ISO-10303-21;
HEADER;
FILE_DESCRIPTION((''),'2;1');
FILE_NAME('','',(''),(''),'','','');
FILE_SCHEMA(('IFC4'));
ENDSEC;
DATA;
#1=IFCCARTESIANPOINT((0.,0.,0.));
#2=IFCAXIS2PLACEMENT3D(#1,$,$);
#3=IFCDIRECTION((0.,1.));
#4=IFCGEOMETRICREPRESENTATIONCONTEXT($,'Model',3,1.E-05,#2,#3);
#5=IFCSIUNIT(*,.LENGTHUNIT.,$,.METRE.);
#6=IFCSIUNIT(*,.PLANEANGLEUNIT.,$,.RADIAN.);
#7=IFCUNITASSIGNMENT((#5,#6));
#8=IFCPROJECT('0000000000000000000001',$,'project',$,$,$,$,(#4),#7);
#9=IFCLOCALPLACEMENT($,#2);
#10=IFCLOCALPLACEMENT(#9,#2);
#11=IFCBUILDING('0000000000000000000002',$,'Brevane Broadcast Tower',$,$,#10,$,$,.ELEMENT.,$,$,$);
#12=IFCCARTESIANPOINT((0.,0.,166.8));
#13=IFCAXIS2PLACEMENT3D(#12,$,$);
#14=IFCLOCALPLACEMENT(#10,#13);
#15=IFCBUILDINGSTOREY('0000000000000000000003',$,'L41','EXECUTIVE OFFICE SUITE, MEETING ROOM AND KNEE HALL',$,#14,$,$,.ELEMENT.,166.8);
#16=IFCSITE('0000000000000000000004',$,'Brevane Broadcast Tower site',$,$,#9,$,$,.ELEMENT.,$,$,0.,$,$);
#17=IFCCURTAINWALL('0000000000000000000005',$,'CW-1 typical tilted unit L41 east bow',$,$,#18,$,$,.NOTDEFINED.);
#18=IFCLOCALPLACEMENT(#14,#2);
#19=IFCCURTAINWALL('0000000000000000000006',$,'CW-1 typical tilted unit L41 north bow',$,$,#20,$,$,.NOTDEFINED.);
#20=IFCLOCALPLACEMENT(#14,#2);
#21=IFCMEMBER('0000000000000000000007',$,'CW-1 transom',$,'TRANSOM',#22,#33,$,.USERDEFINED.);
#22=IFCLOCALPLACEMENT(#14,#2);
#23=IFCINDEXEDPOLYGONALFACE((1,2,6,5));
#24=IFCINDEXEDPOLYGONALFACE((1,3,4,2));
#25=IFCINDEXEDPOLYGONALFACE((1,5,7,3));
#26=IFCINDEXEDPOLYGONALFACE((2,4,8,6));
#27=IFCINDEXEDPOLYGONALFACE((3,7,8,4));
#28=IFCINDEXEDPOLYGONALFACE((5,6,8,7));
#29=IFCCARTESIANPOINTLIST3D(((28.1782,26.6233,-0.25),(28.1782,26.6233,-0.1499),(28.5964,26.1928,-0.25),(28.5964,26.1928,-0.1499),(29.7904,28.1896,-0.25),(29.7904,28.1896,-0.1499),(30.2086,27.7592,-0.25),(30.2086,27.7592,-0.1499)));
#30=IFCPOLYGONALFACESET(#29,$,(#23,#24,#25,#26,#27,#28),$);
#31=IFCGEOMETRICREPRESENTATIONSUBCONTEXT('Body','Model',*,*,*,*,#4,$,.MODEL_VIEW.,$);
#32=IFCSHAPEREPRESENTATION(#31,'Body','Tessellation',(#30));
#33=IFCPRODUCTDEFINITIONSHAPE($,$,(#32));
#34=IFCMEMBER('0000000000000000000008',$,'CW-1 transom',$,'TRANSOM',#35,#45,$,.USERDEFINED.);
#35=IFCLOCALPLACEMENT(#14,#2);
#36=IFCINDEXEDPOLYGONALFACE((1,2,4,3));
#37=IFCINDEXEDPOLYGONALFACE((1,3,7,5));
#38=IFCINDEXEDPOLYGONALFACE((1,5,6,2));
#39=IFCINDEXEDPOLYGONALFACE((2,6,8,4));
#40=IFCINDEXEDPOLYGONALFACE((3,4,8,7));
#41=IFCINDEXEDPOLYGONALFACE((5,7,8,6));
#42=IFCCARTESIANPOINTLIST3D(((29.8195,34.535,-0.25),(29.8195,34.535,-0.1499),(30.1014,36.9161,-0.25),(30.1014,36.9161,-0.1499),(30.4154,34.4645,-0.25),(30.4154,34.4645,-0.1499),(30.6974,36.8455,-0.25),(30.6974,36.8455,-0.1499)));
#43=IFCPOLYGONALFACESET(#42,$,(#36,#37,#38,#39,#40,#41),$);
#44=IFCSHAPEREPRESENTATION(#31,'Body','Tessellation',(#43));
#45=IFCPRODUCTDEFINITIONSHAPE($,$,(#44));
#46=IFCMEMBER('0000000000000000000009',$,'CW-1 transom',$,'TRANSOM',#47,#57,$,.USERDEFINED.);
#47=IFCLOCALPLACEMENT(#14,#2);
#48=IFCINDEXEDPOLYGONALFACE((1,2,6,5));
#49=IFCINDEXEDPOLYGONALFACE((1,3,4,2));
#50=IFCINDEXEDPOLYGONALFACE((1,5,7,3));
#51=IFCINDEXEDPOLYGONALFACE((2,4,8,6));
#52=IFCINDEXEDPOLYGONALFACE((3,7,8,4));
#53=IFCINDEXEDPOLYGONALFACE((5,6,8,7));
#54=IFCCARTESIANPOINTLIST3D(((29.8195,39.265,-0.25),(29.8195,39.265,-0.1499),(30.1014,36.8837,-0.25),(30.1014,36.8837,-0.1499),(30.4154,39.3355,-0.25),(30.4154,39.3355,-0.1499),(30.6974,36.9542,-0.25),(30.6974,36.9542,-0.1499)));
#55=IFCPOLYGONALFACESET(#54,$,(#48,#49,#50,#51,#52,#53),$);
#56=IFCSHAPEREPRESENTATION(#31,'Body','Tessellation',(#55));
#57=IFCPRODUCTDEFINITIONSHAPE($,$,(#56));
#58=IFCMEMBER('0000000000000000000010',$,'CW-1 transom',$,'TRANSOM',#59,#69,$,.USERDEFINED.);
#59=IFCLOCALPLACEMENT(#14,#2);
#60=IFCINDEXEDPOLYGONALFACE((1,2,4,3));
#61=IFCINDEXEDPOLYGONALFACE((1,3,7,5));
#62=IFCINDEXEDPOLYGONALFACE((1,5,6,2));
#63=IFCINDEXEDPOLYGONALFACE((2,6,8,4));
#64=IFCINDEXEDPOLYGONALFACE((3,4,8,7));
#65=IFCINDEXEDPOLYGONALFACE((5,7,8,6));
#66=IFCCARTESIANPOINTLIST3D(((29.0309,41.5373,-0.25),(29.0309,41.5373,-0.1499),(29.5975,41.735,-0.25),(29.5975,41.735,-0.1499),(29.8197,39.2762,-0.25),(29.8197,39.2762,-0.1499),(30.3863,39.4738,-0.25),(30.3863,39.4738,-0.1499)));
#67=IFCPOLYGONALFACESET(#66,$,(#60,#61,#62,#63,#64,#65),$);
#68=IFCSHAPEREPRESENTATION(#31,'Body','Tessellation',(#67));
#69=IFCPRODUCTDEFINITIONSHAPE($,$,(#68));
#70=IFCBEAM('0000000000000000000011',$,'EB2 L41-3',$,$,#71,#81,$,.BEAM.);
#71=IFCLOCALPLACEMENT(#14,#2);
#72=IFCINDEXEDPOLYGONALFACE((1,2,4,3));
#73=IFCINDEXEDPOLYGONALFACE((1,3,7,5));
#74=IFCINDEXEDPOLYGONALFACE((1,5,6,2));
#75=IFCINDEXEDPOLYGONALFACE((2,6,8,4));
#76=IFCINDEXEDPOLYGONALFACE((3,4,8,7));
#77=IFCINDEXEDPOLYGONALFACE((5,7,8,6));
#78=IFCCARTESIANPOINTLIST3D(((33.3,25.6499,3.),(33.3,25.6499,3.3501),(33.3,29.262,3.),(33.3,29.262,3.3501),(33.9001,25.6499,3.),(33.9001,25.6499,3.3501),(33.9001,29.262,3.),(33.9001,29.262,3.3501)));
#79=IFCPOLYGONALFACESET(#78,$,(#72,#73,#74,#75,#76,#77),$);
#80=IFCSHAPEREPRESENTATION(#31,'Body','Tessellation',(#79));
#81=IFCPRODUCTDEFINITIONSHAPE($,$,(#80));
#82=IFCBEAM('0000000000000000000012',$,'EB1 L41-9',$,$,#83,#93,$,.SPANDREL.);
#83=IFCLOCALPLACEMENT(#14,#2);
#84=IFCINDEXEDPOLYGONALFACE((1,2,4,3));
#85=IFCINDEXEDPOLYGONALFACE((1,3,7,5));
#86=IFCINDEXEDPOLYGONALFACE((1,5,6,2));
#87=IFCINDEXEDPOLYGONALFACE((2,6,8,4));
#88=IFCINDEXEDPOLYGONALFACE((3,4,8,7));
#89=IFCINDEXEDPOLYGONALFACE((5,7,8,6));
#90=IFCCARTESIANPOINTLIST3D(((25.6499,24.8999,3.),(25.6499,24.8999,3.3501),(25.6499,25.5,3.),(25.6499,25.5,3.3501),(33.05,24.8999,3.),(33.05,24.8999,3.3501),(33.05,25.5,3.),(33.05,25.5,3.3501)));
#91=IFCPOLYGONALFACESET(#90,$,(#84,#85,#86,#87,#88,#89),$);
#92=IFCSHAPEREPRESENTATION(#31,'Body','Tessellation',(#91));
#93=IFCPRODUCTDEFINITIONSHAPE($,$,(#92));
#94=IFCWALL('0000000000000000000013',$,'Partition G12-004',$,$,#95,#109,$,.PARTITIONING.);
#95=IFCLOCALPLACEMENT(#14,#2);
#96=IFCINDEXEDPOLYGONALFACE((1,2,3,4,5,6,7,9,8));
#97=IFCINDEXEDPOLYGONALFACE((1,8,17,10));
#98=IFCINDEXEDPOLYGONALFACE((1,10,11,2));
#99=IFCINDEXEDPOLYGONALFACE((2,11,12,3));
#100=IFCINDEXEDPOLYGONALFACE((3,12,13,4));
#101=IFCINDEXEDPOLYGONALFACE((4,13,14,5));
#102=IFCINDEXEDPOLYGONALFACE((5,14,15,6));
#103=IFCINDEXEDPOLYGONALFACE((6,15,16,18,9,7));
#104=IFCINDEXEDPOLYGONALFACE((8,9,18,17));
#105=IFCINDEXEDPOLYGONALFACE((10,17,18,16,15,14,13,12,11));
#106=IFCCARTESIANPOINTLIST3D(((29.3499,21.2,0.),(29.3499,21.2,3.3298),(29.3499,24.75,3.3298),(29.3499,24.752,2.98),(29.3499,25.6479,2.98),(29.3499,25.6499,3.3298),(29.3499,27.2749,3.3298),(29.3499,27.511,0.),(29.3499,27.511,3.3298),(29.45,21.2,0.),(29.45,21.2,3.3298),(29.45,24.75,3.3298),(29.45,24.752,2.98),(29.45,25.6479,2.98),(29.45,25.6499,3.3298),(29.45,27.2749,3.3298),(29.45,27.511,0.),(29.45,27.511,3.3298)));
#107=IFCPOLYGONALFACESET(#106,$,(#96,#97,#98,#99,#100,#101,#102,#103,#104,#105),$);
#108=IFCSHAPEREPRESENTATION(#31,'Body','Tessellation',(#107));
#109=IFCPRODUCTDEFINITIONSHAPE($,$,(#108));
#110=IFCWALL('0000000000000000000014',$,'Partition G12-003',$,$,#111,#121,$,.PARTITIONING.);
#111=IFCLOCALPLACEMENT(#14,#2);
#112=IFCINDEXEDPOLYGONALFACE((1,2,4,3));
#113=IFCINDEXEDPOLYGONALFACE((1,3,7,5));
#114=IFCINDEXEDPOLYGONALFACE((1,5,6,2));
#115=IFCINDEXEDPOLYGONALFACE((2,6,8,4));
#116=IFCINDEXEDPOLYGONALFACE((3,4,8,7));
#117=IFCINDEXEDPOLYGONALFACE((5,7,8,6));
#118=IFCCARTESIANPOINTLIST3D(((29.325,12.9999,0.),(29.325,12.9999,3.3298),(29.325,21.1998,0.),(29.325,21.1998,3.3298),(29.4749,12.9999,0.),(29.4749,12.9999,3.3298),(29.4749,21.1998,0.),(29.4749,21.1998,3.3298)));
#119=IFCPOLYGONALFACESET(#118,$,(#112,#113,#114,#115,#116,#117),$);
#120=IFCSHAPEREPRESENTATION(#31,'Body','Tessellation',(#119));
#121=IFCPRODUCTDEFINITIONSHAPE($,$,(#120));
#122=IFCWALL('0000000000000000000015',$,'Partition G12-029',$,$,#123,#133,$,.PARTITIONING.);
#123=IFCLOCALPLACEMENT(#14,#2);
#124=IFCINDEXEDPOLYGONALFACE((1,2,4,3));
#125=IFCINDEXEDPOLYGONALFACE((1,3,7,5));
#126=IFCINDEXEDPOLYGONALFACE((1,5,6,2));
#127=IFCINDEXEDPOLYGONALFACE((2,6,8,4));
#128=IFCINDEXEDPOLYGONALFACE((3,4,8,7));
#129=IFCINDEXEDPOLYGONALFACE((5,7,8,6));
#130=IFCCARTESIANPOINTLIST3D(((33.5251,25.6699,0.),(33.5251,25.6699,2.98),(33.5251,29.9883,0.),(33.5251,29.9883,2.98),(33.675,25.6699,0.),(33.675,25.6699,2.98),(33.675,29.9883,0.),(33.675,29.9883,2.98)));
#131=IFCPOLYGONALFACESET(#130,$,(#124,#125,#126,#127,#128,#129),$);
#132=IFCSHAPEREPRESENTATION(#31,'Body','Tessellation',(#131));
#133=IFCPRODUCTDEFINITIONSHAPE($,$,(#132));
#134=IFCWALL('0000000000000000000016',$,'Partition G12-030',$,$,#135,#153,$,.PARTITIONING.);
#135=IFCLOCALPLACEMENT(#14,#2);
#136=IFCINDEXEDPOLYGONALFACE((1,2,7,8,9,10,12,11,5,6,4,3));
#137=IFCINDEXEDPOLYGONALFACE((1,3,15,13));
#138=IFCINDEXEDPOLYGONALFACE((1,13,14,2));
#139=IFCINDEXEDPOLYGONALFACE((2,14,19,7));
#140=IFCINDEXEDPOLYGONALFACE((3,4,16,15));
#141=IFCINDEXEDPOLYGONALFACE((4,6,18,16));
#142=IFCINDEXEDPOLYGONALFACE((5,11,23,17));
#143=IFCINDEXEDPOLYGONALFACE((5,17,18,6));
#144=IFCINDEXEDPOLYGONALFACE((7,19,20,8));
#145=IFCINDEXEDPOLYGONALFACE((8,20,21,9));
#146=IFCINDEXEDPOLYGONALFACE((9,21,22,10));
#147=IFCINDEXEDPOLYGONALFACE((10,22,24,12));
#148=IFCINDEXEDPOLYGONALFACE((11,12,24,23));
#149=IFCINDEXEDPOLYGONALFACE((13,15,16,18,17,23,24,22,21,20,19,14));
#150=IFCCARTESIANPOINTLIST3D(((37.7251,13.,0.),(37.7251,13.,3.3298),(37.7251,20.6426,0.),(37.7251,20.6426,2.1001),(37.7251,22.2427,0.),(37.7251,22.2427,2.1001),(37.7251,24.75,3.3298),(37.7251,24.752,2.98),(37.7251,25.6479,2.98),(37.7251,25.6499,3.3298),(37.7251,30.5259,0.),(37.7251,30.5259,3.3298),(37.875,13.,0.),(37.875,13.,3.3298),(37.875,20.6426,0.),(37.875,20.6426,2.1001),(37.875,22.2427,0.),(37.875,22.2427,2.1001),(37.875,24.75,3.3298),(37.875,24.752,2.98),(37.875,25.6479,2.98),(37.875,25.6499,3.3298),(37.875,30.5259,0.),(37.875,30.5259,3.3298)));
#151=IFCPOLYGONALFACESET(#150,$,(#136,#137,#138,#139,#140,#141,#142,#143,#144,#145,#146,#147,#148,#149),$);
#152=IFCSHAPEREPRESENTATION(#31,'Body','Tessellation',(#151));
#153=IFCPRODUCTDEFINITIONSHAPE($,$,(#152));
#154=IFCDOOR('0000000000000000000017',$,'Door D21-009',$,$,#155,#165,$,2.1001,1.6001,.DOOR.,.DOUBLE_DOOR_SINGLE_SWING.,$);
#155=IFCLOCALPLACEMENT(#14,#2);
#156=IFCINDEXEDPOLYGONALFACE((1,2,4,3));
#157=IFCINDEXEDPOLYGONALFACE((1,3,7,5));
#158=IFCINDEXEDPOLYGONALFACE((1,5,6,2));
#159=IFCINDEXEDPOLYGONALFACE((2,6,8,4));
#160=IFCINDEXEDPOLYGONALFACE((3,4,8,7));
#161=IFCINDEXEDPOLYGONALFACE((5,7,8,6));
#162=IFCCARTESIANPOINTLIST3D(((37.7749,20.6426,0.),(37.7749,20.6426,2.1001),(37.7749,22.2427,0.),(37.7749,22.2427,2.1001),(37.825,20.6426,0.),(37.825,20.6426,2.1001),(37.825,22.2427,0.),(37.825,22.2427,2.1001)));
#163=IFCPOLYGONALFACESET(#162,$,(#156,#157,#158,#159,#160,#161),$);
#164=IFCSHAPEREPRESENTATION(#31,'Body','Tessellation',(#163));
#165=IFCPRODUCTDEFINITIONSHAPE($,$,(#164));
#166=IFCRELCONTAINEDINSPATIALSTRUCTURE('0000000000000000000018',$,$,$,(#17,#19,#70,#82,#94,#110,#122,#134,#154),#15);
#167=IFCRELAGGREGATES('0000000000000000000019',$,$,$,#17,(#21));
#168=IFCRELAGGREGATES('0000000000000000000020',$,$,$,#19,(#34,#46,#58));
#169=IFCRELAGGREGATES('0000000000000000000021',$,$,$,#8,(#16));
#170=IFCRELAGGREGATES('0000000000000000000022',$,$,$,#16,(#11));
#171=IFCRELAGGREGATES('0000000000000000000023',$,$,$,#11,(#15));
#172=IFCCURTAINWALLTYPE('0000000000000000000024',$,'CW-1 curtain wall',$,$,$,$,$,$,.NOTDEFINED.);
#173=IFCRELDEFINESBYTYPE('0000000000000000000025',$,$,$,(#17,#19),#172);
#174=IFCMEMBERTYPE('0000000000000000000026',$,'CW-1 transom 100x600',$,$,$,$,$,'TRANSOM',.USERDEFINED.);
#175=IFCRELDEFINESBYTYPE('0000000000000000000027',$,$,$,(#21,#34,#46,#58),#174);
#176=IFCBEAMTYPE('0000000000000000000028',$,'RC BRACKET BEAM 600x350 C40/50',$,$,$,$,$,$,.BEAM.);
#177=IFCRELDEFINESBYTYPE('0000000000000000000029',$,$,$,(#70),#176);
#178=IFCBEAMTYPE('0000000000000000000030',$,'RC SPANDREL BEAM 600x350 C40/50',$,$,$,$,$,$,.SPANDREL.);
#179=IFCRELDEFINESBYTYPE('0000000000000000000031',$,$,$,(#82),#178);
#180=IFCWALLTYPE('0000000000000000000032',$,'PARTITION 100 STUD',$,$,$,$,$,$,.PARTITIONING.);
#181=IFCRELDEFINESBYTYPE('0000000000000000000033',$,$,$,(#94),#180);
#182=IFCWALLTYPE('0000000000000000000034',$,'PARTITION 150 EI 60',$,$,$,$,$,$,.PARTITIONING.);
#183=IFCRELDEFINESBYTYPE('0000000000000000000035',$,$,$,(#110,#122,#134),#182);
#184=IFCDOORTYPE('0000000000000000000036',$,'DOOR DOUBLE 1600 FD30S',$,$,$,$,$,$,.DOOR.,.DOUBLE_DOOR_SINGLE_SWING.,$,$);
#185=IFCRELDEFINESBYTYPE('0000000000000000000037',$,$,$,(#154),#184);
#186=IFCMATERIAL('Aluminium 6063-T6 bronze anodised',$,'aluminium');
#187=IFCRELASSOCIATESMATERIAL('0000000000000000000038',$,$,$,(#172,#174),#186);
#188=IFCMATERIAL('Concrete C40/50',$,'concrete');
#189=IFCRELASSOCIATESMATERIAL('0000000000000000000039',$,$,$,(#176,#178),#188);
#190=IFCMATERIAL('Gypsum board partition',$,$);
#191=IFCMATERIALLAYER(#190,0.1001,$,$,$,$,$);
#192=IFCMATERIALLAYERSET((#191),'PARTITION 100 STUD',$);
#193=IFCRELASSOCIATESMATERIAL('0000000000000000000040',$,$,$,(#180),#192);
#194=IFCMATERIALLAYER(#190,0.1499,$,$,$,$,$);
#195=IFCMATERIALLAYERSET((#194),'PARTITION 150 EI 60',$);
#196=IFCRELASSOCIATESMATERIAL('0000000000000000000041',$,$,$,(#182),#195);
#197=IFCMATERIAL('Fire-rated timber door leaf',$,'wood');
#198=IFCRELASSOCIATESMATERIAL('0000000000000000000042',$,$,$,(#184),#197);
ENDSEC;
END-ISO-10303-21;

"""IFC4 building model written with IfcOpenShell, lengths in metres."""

from ifc_helpers import new_model, si_unit, direction, frame, frame_2d, origin, origin_2d, place, context, subcontext, project, spatial, polyline, rectangle, outline, extrude, material, layer, layer_set, material_profile, profile_set, type_object, element, fill, aggregate, save


model = new_model("IFC4")

# Units and contexts
model_context = context("Model", 3, precision=1e-05, world=origin(), true_north=direction((0.0, 1.0)))
body_context = subcontext(model_context, "Body", "Model", "MODEL_VIEW")
ifc_project = project(units=[si_unit("LENGTHUNIT", "METRE"), si_unit("PLANEANGLEUNIT", "RADIAN")], contexts=[model_context])

# Site, building, storey
site_placement = place(None, origin())
site = spatial("IfcSite", under=ifc_project, at=site_placement, Name="Brevane Broadcast Tower site", CompositionType="ELEMENT", RefElevation=0.0)
building_placement = place(site_placement, origin())
building = spatial("IfcBuilding", under=site, at=building_placement, Name="Brevane Broadcast Tower", CompositionType="ELEMENT")
storey_placement = place(building_placement, frame((0.0, 0.0, 166.8)))
storey = spatial("IfcBuildingStorey", under=building, at=storey_placement, Name="L41", Description="EXECUTIVE OFFICE SUITE, MEETING ROOM AND KNEE HALL", CompositionType="ELEMENT", Elevation=166.8)

# Curtain walls
ifc_material_1 = material(Name="Aluminium 6063-T6 bronze anodised", Category="aluminium")
curtain_wall_type = type_object("IfcCurtainWallType", Name="CW-1 curtain wall", PredefinedType="NOTDEFINED", material=ifc_material_1)
curtain_wall_1_placement = place(storey_placement, origin())
curtain_wall_1 = element("IfcCurtainWall", 1, at=curtain_wall_1_placement, inside=storey, type_object=curtain_wall_type, Name="CW-1 typical tilted unit L41 east bow", PredefinedType="NOTDEFINED")
curtain_wall_2_placement = place(storey_placement, origin())
curtain_wall_2 = element("IfcCurtainWall", 2, at=curtain_wall_2_placement, inside=storey, type_object=curtain_wall_type, Name="CW-1 typical tilted unit L41 north bow", PredefinedType="NOTDEFINED")

# Members
ifc_material_profile_1 = material_profile(ifc_material_1, rectangle(XDim=0.6001, YDim=0.1001, at=origin_2d()), Name="RECT 100x600")
ifc_profile_set_1 = profile_set([ifc_material_profile_1], Name="Aluminium 6063-T6 bronze anodised")
member_type_1 = type_object("IfcMemberType", Name="CW-1 transom 100x600", ElementType="TRANSOM", PredefinedType="USERDEFINED", material=ifc_profile_set_1)
member_1_placement = place(storey_placement, frame((29.9995, 27.9744, -0.2), z_axis=(-0.717242, -0.696824, 0.0), x_axis=(0.696824, -0.717242, 0.0)))
member_1 = element("IfcMember", 3, at=member_1_placement, type_object=member_type_1, Name="CW-1 transom", ObjectType="TRANSOM", PredefinedType="USERDEFINED", context=body_context, shape_type="SweptSolid", body=[
    extrude(rectangle(XDim=0.6001, YDim=0.1001, at=origin_2d()), origin(), (0.0, 0.0, 1.0), 2.2478),
])
aggregate(curtain_wall_1, [member_1])
member_2_placement = place(storey_placement, frame((30.1174, 34.4998, -0.2), z_axis=(0.117603, 0.993061, 0.0), x_axis=(-0.993061, 0.117603, 0.0)))
member_2 = element("IfcMember", 4, at=member_2_placement, type_object=member_type_1, Name="CW-1 transom", ObjectType="TRANSOM", PredefinedType="USERDEFINED", context=body_context, shape_type="SweptSolid", body=[
    extrude(rectangle(XDim=0.6001, YDim=0.1001, at=origin_2d()), origin(), (0.0, 0.0, 1.0), 2.3977),
])
member_3_placement = place(storey_placement, frame((30.3994, 36.9189, -0.2), z_axis=(-0.117591, 0.993062, 0.0), x_axis=(-0.993062, -0.117591, 0.0)))
member_3 = element("IfcMember", 5, at=member_3_placement, type_object=member_type_1, Name="CW-1 transom", ObjectType="TRANSOM", PredefinedType="USERDEFINED", context=body_context, shape_type="SweptSolid", body=[
    extrude(rectangle(XDim=0.6001, YDim=0.1001, at=origin_2d()), origin(), (0.0, 0.0, 1.0), 2.3979),
])
member_4_placement = place(storey_placement, frame((30.103, 39.375, -0.2), z_axis=(-0.329378, 0.944198, 0.0), x_axis=(-0.944198, -0.329378, 0.0)))
member_4 = element("IfcMember", 6, at=member_4_placement, type_object=member_type_1, Name="CW-1 transom", ObjectType="TRANSOM", PredefinedType="USERDEFINED", context=body_context, shape_type="SweptSolid", body=[
    extrude(rectangle(XDim=0.6001, YDim=0.1001, at=origin_2d()), origin(), (0.0, 0.0, 1.0), 2.3948),
])
aggregate(curtain_wall_2, [member_2, member_3, member_4])

# Beams
ifc_material_2 = material(Name="Concrete C40/50", Category="concrete")
ifc_material_profile_2 = material_profile(ifc_material_2, rectangle(XDim=0.6001, YDim=0.3501, at=origin_2d()), Name="RC 600x350")
ifc_profile_set_2 = profile_set([ifc_material_profile_2], Name="Concrete C40/50")
beam_type_1 = type_object("IfcBeamType", Name="RC BRACKET BEAM 600x350 C40/50", PredefinedType="BEAM", material=ifc_profile_set_2)
beam_1_placement = place(storey_placement, frame((33.6001, 25.6499, 3.175), z_axis=(0.0, 1.0, 0.0), x_axis=(-1.0, 0.0, 0.0)))
element("IfcBeam", 7, at=beam_1_placement, inside=storey, type_object=beam_type_1, Name="EB2 L41-3", PredefinedType="BEAM", context=body_context, shape_type="SweptSolid", body=[
    extrude(rectangle(XDim=0.6001, YDim=0.3501, at=origin_2d()), origin(), (0.0, 0.0, 1.0), 3.6121),
])
ifc_material_profile_3 = material_profile(ifc_material_2, rectangle(XDim=0.6001, YDim=0.3501, at=origin_2d()), Name="RC 600x350")
ifc_profile_set_3 = profile_set([ifc_material_profile_3], Name="Concrete C40/50")
beam_type_2 = type_object("IfcBeamType", Name="RC SPANDREL BEAM 600x350 C40/50", PredefinedType="SPANDREL", material=ifc_profile_set_3)
beam_2_placement = place(storey_placement, frame((33.05, 25.2, 3.175), z_axis=(-1.0, 0.0, 0.0), x_axis=(0.0, -1.0, 0.0)))
element("IfcBeam", 8, at=beam_2_placement, inside=storey, type_object=beam_type_2, Name="EB1 L41-9", PredefinedType="SPANDREL", context=body_context, shape_type="SweptSolid", body=[
    extrude(rectangle(XDim=0.6001, YDim=0.3501, at=origin_2d()), origin(), (0.0, 0.0, 1.0), 7.4001),
])

# Walls
ifc_material_3 = material(Name="Gypsum board partition")
ifc_layer_1 = layer(ifc_material_3, 0.1001)
ifc_layer_set_1 = layer_set([ifc_layer_1], Name="PARTITION 100 STUD")
wall_type_1 = type_object("IfcWallType", Name="PARTITION 100 STUD", PredefinedType="PARTITIONING", material=ifc_layer_set_1)
wall_1_placement = place(storey_placement, frame((29.3999, 27.511, 0.0), z_axis=(0.0, 0.0, 1.0), x_axis=(0.0, -1.0, 0.0)))
element("IfcWall", 9, at=wall_1_placement, inside=storey, type_object=wall_type_1, Name="Partition G12-004", PredefinedType="PARTITIONING", context=body_context, shape_type="SweptSolid", body=[
    extrude(outline(polyline([(0.0, 0.0), (6.311, 0.0), (6.311, 3.3298), (2.761, 3.3298), (2.759, 2.98), (1.863, 2.98), (1.8611, 3.3298), (0.2361, 3.3298), (0.0, 3.3298), (0.0, 0.0)])), frame((0.0, 0.05, 0.0), z_axis=(0.0, -1.0, 0.0), x_axis=(1.0, 0.0, 0.0)), (0.0, 0.0, 1.0), 0.1001),
])
ifc_layer_2 = layer(ifc_material_3, 0.1499)
ifc_layer_set_2 = layer_set([ifc_layer_2], Name="PARTITION 150 EI 60")
wall_type_2 = type_object("IfcWallType", Name="PARTITION 150 EI 60", PredefinedType="PARTITIONING", material=ifc_layer_set_2)
wall_2_placement = place(storey_placement, frame((29.3999, 21.2, 0.0), z_axis=(0.0, 0.0, 1.0), x_axis=(0.0, -1.0, 0.0)))
element("IfcWall", 10, at=wall_2_placement, inside=storey, type_object=wall_type_2, Name="Partition G12-003", PredefinedType="PARTITIONING", context=body_context, shape_type="SweptSolid", body=[
    extrude(rectangle(XDim=8.2, YDim=0.1499, at=frame_2d((4.1001, 0.0))), origin(), (0.0, 0.0, 1.0), 3.3298),
])
wall_3_placement = place(storey_placement, frame((33.6001, 25.6699, 0.0), z_axis=(0.0, 0.0, 1.0), x_axis=(0.0, 1.0, 0.0)))
element("IfcWall", 11, at=wall_3_placement, inside=storey, type_object=wall_type_2, Name="Partition G12-029", PredefinedType="PARTITIONING", context=body_context, shape_type="SweptSolid", body=[
    extrude(rectangle(XDim=4.3184, YDim=0.1499, at=frame_2d((2.1592, 0.0))), origin(), (0.0, 0.0, 1.0), 2.98),
])

# Wall, opening, door
wall_4_placement = place(storey_placement, frame((37.8, 30.5259, 0.0), z_axis=(0.0, 0.0, 1.0), x_axis=(0.0, -1.0, 0.0)))
wall_4 = element("IfcWall", 12, at=wall_4_placement, inside=storey, type_object=wall_type_2, Name="Partition G12-030", PredefinedType="PARTITIONING", context=body_context, shape_type="SweptSolid", body=[
    extrude(outline(polyline([(0.0, 0.0), (17.5259, 0.0), (17.5259, 3.3298), (5.7759, 3.3298), (5.7739, 2.98), (4.8779, 2.98), (4.876, 3.3298), (0.2832, 3.3298), (0.0, 3.3298), (0.0, 0.0)])), frame((0.0, 0.075, 0.0), z_axis=(0.0, -1.0, 0.0), x_axis=(1.0, 0.0, 0.0)), (0.0, 0.0, 1.0), 0.1499),
])
opening_placement = place(wall_4_placement, frame((8.2832, 0.0, 0.0)))
opening = element("IfcOpeningElement", 13, at=opening_placement, cuts=wall_4, PredefinedType="OPENING", context=body_context, shape_type="SweptSolid", body=[
    extrude(rectangle(XDim=1.6001, YDim=2.1001, at=frame_2d((0.8, 1.05))), frame((0.0, 0.085, 0.0), z_axis=(0.0, -1.0, 0.0), x_axis=(1.0, 0.0, 0.0)), (0.0, 0.0, 1.0), 0.1699),
])
ifc_material_4 = material(Name="Fire-rated timber door leaf", Category="wood")
door_type = type_object("IfcDoorType", Name="DOOR DOUBLE 1600 FD30S", OperationType="DOUBLE_DOOR_SINGLE_SWING", PredefinedType="DOOR", material=ifc_material_4)
door_placement = place(opening_placement, origin())
door = element("IfcDoor", 14, at=door_placement, inside=storey, type_object=door_type, Name="Door D21-009", OperationType="DOUBLE_DOOR_SINGLE_SWING", OverallHeight=2.1001, OverallWidth=1.6001, PredefinedType="DOOR", context=body_context, shape_type="SweptSolid", body=[
    extrude(rectangle(XDim=1.6001, YDim=2.1001, at=frame_2d((0.8, 1.05))), frame((0.0, 0.0249, 0.0), z_axis=(0.0, -1.0, 0.0), x_axis=(1.0, 0.0, 0.0)), (0.0, 0.0, 1.0), 0.05),
])
fill(opening, door)

save(model, "model.ifc")
